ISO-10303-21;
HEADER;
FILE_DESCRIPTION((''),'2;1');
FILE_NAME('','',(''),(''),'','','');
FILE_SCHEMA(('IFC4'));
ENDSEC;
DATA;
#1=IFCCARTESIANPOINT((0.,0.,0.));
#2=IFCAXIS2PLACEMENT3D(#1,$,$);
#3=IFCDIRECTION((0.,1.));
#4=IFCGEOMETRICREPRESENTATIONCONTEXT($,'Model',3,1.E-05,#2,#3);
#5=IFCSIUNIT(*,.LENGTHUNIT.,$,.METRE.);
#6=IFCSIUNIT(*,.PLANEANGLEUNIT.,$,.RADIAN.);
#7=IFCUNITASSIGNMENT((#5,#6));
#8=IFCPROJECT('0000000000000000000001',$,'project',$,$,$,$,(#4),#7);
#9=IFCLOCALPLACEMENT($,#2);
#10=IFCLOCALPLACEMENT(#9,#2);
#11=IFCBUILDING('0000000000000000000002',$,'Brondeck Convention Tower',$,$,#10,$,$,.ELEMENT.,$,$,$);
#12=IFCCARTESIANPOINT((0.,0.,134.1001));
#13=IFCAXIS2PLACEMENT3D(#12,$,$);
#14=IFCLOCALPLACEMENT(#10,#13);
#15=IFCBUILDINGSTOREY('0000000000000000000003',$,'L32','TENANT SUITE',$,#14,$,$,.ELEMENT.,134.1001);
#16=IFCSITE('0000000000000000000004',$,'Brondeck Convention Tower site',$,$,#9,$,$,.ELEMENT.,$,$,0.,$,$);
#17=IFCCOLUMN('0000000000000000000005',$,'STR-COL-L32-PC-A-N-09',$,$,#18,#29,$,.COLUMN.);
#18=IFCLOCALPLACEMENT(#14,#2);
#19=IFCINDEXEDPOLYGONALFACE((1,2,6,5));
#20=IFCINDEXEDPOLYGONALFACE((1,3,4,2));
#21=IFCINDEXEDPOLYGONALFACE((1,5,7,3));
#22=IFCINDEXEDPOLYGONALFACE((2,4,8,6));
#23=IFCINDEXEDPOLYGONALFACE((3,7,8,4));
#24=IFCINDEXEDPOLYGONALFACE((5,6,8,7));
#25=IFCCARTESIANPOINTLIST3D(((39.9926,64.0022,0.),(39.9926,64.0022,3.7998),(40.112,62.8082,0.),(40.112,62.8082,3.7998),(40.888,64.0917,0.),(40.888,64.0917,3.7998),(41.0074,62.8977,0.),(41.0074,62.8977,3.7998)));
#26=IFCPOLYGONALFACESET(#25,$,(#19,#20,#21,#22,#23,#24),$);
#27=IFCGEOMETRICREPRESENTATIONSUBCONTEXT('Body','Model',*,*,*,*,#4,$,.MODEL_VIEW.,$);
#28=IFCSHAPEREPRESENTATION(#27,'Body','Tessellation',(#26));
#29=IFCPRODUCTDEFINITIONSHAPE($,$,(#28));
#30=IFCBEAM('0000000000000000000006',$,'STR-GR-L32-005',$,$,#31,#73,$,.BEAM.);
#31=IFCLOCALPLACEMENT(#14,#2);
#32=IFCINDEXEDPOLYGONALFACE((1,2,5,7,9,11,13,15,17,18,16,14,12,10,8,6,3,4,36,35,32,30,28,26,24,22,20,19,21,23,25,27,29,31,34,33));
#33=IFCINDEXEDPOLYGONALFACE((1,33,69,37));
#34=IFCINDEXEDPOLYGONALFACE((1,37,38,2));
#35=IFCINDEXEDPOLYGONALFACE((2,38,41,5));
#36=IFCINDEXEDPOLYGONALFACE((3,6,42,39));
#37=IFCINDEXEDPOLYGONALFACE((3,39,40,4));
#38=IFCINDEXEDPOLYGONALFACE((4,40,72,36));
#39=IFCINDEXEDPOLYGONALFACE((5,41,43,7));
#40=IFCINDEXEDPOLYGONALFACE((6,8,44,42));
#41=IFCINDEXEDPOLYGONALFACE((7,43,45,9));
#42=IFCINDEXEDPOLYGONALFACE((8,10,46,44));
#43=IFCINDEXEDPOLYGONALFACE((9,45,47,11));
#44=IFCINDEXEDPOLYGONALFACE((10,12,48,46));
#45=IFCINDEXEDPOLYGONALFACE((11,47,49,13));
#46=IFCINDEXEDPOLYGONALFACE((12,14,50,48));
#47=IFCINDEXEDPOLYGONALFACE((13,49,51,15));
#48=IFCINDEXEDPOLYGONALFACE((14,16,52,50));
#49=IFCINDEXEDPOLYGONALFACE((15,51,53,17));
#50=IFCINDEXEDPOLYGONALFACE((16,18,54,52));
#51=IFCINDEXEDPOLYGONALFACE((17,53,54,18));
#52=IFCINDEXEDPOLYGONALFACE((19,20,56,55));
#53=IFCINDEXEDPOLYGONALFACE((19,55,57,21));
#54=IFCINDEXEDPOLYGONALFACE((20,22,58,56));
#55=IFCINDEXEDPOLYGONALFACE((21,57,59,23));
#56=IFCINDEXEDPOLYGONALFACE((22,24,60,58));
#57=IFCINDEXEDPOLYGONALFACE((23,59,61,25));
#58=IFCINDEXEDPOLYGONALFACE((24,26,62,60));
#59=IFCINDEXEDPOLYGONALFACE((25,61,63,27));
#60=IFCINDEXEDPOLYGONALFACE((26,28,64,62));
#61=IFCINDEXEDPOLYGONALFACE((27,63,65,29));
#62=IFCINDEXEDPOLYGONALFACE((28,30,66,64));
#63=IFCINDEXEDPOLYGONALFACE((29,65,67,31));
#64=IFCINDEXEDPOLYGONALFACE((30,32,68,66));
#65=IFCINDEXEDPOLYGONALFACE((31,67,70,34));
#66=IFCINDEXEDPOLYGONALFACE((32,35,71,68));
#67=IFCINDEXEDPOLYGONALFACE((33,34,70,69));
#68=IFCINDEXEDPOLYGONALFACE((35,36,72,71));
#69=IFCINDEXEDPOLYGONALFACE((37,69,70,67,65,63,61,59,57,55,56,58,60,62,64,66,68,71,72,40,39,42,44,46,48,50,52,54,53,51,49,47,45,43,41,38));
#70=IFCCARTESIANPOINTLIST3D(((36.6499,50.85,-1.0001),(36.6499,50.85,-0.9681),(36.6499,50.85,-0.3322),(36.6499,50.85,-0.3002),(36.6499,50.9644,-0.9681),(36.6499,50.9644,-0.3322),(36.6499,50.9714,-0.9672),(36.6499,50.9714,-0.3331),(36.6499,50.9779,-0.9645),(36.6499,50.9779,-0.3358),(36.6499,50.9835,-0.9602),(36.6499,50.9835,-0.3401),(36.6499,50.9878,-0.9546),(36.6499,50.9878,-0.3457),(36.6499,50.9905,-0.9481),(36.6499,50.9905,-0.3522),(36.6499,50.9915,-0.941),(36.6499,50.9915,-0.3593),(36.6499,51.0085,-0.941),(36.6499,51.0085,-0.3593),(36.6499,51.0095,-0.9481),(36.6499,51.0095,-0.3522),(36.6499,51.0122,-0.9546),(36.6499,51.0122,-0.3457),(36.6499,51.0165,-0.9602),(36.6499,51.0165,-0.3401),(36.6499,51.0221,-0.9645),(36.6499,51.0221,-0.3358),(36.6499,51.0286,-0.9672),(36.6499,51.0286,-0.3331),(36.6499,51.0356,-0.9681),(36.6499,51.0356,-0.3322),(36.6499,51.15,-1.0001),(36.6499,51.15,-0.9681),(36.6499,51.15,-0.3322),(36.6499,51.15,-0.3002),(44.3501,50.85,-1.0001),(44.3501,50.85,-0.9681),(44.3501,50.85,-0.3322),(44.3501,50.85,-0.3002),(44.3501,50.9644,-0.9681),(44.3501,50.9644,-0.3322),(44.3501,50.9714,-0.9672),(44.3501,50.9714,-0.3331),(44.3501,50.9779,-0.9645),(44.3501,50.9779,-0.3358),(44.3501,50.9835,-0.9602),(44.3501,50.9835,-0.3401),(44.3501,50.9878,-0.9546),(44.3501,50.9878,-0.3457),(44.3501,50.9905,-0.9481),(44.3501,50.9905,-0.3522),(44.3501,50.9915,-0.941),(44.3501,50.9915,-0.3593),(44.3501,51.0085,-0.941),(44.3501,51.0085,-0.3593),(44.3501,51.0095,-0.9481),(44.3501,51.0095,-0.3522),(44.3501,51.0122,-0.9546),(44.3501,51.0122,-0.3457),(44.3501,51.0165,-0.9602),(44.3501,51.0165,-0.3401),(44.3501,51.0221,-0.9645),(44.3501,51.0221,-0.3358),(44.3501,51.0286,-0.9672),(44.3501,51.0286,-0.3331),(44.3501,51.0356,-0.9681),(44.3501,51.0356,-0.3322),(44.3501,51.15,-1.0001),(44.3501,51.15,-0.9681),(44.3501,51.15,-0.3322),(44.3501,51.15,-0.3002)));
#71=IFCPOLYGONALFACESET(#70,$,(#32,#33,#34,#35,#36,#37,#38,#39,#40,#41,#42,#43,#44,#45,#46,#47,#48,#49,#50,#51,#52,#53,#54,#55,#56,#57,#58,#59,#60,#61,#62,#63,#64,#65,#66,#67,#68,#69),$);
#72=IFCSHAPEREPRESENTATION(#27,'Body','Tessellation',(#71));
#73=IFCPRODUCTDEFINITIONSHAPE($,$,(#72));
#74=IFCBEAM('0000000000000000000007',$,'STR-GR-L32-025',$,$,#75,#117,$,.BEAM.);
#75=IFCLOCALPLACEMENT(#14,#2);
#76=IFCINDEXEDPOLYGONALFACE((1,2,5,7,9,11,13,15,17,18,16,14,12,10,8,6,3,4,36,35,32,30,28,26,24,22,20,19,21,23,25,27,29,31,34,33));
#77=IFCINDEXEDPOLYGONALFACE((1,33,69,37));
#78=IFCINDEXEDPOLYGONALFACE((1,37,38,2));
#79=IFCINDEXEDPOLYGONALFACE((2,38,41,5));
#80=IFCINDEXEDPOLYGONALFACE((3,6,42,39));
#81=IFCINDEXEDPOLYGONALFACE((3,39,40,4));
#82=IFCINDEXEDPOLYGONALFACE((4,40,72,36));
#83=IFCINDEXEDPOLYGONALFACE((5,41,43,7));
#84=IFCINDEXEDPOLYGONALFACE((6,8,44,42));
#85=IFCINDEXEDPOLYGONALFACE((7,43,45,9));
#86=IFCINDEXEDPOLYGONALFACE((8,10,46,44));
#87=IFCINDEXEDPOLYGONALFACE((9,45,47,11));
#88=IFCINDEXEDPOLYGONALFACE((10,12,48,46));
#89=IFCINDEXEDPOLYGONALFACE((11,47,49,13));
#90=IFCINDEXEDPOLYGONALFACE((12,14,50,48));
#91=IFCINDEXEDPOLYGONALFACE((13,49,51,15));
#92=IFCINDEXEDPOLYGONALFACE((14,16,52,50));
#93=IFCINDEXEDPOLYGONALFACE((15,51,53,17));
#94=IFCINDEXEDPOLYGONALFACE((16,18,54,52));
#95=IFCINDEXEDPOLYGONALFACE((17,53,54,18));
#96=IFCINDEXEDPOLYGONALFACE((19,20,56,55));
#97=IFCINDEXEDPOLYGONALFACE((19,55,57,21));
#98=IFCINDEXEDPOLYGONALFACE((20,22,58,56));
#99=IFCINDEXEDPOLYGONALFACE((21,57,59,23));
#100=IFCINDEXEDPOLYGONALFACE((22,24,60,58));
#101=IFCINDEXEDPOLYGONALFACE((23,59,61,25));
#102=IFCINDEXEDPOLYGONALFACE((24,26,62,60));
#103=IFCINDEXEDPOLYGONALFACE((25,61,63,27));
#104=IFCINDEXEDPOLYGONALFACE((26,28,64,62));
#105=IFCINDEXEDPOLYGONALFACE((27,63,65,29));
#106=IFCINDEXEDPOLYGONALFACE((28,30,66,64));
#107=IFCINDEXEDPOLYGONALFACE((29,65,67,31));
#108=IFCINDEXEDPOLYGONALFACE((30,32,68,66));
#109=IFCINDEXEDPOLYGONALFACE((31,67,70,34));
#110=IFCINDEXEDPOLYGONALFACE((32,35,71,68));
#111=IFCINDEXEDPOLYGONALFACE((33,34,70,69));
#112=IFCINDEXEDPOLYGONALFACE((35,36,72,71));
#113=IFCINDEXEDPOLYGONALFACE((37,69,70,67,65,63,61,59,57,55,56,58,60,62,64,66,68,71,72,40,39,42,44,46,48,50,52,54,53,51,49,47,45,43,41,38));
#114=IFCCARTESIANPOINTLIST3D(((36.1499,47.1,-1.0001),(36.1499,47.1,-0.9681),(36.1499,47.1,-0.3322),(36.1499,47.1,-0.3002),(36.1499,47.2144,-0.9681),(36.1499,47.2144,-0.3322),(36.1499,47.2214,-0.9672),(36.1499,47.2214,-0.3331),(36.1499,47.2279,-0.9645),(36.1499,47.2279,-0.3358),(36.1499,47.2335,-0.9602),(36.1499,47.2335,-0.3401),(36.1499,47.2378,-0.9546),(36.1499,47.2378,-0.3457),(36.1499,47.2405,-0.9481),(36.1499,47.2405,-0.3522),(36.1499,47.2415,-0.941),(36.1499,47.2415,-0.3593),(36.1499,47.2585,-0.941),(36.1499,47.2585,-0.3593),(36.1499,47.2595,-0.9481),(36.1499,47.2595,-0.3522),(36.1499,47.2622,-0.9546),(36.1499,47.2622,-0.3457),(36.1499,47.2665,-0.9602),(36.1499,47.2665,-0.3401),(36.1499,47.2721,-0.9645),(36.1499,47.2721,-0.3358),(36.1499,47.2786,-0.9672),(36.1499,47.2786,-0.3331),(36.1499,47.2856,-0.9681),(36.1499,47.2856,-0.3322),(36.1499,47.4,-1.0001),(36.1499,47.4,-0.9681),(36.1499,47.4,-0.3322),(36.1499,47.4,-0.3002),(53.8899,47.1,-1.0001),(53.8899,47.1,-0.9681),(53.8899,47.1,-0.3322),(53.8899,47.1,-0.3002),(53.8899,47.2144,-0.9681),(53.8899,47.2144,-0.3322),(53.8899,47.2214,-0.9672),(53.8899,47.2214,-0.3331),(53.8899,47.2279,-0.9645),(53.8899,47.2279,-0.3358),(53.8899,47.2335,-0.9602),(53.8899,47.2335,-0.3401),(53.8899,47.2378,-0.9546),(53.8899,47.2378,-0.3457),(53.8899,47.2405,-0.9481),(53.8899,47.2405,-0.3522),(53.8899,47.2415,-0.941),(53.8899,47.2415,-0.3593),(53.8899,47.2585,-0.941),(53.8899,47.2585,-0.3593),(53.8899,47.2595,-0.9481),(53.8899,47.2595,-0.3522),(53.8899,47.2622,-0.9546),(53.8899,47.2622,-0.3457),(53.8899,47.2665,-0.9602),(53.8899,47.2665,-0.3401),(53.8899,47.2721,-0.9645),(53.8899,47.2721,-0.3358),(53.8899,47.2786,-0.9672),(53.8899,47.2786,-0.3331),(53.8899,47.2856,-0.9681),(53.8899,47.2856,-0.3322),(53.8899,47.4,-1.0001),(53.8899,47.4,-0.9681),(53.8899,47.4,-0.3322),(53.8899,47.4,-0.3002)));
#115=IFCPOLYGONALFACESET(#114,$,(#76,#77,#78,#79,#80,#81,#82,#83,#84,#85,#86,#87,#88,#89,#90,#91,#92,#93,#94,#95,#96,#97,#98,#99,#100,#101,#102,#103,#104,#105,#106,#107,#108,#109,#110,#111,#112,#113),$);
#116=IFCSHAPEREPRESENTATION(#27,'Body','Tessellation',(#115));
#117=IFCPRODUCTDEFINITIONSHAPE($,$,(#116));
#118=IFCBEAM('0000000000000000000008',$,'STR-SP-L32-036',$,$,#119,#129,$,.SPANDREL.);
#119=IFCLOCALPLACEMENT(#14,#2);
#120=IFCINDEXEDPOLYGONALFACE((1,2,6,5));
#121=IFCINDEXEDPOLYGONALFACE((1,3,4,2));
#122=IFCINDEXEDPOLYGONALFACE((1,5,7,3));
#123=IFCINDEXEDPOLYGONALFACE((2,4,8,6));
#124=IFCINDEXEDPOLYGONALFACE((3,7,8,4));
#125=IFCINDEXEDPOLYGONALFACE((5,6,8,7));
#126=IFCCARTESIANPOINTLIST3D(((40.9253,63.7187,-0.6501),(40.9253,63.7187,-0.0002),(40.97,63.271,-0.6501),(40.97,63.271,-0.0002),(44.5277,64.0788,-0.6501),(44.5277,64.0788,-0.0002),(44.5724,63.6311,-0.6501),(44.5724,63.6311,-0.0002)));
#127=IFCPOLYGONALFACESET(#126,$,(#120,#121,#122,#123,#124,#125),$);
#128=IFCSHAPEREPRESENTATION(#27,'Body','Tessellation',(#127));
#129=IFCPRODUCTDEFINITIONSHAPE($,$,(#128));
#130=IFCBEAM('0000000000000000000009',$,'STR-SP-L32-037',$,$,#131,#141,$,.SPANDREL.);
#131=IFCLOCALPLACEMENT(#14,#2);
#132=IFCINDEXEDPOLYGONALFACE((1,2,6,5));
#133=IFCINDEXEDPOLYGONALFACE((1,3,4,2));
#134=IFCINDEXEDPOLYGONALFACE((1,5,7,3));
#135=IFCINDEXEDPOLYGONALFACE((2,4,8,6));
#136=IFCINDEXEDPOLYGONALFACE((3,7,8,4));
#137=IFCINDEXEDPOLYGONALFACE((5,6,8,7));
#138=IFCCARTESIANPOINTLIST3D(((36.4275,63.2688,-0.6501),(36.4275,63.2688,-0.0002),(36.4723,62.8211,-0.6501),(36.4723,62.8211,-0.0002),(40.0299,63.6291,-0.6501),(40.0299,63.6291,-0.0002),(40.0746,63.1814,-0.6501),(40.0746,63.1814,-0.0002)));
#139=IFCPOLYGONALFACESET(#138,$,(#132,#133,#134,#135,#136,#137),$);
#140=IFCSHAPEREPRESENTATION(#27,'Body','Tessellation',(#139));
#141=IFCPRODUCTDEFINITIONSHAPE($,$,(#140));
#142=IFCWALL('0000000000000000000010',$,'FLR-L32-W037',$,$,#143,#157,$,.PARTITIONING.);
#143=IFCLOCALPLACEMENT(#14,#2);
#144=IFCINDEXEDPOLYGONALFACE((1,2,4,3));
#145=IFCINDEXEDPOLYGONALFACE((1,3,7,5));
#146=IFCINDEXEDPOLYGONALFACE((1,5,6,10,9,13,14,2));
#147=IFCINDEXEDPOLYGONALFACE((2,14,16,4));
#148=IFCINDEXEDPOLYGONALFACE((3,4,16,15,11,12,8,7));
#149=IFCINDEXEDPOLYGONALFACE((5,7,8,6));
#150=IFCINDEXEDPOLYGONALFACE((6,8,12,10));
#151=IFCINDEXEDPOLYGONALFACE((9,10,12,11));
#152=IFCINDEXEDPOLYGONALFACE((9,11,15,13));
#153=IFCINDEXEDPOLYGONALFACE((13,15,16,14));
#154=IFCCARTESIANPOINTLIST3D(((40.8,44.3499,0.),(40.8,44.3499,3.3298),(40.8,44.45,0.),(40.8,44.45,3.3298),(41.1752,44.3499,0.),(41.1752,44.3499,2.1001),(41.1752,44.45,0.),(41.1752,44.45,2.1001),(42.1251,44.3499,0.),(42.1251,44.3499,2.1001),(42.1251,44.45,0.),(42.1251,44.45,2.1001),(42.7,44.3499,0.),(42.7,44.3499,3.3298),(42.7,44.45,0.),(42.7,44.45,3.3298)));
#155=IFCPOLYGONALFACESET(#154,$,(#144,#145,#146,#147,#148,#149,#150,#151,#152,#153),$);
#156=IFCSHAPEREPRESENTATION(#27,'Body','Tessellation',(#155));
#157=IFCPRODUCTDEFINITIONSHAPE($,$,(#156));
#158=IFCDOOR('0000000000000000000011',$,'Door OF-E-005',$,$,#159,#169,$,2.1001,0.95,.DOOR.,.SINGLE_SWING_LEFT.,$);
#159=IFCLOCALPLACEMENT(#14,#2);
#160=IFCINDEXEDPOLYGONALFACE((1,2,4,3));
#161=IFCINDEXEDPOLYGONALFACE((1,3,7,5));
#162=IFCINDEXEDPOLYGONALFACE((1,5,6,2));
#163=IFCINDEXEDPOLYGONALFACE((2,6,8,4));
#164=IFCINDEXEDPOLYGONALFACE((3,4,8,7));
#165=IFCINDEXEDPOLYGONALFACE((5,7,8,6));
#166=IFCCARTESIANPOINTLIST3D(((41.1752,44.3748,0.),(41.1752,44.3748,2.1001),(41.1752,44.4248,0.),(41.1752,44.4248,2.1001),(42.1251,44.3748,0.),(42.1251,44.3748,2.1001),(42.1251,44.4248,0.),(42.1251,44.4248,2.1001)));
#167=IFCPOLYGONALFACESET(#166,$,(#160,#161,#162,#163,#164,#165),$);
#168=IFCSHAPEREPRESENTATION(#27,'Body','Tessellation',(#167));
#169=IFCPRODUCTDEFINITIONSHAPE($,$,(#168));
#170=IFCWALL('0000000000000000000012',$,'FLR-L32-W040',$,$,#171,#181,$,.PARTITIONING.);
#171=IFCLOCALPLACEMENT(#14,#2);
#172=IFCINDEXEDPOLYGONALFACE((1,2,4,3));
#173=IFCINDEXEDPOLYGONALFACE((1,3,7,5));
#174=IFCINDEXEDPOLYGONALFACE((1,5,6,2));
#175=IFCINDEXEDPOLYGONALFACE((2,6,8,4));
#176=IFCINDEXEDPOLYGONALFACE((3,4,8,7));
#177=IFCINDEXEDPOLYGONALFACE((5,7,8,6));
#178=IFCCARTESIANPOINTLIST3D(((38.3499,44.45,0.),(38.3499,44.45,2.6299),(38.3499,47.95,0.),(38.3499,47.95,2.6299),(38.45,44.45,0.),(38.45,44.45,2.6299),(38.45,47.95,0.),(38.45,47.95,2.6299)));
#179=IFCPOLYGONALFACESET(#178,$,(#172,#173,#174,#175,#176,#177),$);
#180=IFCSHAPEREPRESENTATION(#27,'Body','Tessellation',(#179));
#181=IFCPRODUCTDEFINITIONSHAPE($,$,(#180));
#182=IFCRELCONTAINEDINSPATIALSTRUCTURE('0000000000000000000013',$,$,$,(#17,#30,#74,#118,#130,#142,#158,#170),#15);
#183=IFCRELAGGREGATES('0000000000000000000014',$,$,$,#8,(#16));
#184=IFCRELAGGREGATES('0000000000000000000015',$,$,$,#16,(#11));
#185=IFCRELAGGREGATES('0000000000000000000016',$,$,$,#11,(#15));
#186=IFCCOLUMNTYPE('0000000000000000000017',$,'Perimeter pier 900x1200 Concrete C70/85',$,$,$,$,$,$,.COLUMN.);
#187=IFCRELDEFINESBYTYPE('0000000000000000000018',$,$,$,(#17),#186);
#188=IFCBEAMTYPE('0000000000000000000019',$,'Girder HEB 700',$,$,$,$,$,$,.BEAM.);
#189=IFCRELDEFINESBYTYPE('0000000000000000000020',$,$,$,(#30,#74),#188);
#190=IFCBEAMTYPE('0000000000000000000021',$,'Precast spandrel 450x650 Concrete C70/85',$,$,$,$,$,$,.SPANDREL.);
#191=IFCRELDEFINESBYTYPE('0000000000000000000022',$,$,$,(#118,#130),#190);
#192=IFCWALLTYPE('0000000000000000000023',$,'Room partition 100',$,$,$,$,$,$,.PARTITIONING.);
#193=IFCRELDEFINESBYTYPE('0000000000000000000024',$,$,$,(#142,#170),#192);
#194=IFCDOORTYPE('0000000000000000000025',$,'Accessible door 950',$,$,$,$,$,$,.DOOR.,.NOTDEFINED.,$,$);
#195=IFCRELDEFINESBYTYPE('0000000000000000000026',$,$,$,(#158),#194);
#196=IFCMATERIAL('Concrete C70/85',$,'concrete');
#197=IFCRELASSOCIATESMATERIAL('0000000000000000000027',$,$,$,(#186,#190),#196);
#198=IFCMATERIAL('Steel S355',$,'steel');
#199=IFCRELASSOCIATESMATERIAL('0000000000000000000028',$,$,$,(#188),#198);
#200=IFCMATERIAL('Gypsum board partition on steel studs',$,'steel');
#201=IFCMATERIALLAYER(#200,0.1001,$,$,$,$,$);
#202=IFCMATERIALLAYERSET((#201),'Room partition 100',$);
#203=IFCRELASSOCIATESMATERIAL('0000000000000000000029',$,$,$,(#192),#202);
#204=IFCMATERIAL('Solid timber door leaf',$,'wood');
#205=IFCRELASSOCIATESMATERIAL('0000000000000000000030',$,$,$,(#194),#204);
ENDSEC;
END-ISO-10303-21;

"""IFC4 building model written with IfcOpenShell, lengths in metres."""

from ifc_helpers import new_model, si_unit, direction, frame, frame_2d, origin, origin_2d, place, context, subcontext, project, spatial, rectangle, i_section, extrude, material, layer, layer_set, material_profile, profile_set, type_object, element, fill, save


model = new_model("IFC4")

# Units and contexts
model_context = context("Model", 3, precision=1e-05, world=origin(), true_north=direction((0.0, 1.0)))
body_context = subcontext(model_context, "Body", "Model", "MODEL_VIEW")
ifc_project = project(units=[si_unit("LENGTHUNIT", "METRE"), si_unit("PLANEANGLEUNIT", "RADIAN")], contexts=[model_context])

# Site, building, storey
site_placement = place(None, origin())
site = spatial("IfcSite", under=ifc_project, at=site_placement, Name="Brondeck Convention Tower site", CompositionType="ELEMENT", RefElevation=0.0)
building_placement = place(site_placement, origin())
building = spatial("IfcBuilding", under=site, at=building_placement, Name="Brondeck Convention Tower", CompositionType="ELEMENT")
storey_placement = place(building_placement, frame((0.0, 0.0, 134.1001)))
storey = spatial("IfcBuildingStorey", under=building, at=storey_placement, Name="L32", Description="TENANT SUITE", CompositionType="ELEMENT", Elevation=134.1001)

# Column
ifc_material_1 = material(Name="Concrete C70/85", Category="concrete")
ifc_material_profile_1 = material_profile(ifc_material_1, rectangle(XDim=0.8999, YDim=1.2, at=origin_2d()), Name="Perimeter pier 900x1200 Concrete C70/85")
ifc_profile_set_1 = profile_set([ifc_material_profile_1], Name="Concrete C70/85")
column_type = type_object("IfcColumnType", Name="Perimeter pier 900x1200 Concrete C70/85", PredefinedType="COLUMN", material=ifc_profile_set_1)
column_placement = place(storey_placement, frame((40.5, 63.45, 0.0), z_axis=(0.0, 0.0, 1.0), x_axis=(-0.995037, -0.099504, 0.0)))
element("IfcColumn", 1, at=column_placement, inside=storey, type_object=column_type, Name="STR-COL-L32-PC-A-N-09", PredefinedType="COLUMN", context=body_context, shape_type="SweptSolid", body=[
    extrude(rectangle(XDim=0.8999, YDim=1.2, at=origin_2d()), origin(), (0.0, 0.0, 1.0), 3.7998),
])

# Beams
ifc_material_2 = material(Name="Steel S355", Category="steel")
ifc_material_profile_2 = material_profile(ifc_material_2, i_section(OverallWidth=0.3, OverallDepth=0.7, WebThickness=0.0171, FlangeThickness=0.032, FilletRadius=0.0271, at=origin_2d()), Name="HEB 700")
ifc_profile_set_2 = profile_set([ifc_material_profile_2], Name="Steel S355")
beam_type_1 = type_object("IfcBeamType", Name="Girder HEB 700", PredefinedType="BEAM", material=ifc_profile_set_2)
beam_1_placement = place(storey_placement, frame((36.6499, 51.0, -0.6501), z_axis=(1.0, 0.0, 0.0), x_axis=(0.0, 1.0, 0.0)))
element("IfcBeam", 2, at=beam_1_placement, inside=storey, type_object=beam_type_1, Name="STR-GR-L32-005", PredefinedType="BEAM", context=body_context, shape_type="SweptSolid", body=[
    extrude(i_section(OverallWidth=0.3, OverallDepth=0.7, WebThickness=0.0171, FlangeThickness=0.032, FilletRadius=0.0271, at=origin_2d()), origin(), (0.0, 0.0, 1.0), 7.7002),
])
beam_2_placement = place(storey_placement, frame((36.1499, 47.25, -0.6501), z_axis=(1.0, 0.0, 0.0), x_axis=(0.0, 1.0, 0.0)))
element("IfcBeam", 3, at=beam_2_placement, inside=storey, type_object=beam_type_1, Name="STR-GR-L32-025", PredefinedType="BEAM", context=body_context, shape_type="SweptSolid", body=[
    extrude(i_section(OverallWidth=0.3, OverallDepth=0.7, WebThickness=0.0171, FlangeThickness=0.032, FilletRadius=0.0271, at=origin_2d()), origin(), (0.0, 0.0, 1.0), 17.74),
])
ifc_material_profile_3 = material_profile(ifc_material_1, rectangle(XDim=0.45, YDim=0.6499, at=origin_2d()), Name="Precast spandrel 450x650 Concrete C70/85")
ifc_profile_set_3 = profile_set([ifc_material_profile_3], Name="Concrete C70/85")
beam_type_2 = type_object("IfcBeamType", Name="Precast spandrel 450x650 Concrete C70/85", PredefinedType="SPANDREL", material=ifc_profile_set_3)
for number, where, z_axis, x_axis, name in (
    (4, (44.55, 63.855, -0.3252), (-0.995041, -0.09947, 0.0), (0.09947, -0.995041, 0.0), "STR-SP-L32-036"),
    (5, (40.0522, 63.4053, -0.3252), (-0.995034, -0.099537, 0.0), (0.099537, -0.995034, 0.0), "STR-SP-L32-037"),
):
    element("IfcBeam", number, at=place(storey_placement, frame(where, z_axis=z_axis, x_axis=x_axis)), inside=storey, type_object=beam_type_2, Name=name, PredefinedType="SPANDREL", context=body_context, shape_type="SweptSolid", body=[
        extrude(rectangle(XDim=0.45, YDim=0.6499, at=origin_2d()), origin(), (0.0, 0.0, 1.0), 3.6204),
    ])

# Wall, opening, door
ifc_material_3 = material(Name="Gypsum board partition on steel studs", Category="steel")
ifc_layer_1 = layer(ifc_material_3, 0.1001)
ifc_layer_set_1 = layer_set([ifc_layer_1], Name="Room partition 100")
wall_type_1 = type_object("IfcWallType", Name="Room partition 100", PredefinedType="PARTITIONING", material=ifc_layer_set_1)
wall_1_placement = place(storey_placement, frame((40.8, 44.3999, 0.0), z_axis=(0.0, 0.0, 1.0), x_axis=(1.0, 0.0, 0.0)))
wall_1 = element("IfcWall", 6, at=wall_1_placement, inside=storey, type_object=wall_type_1, Name="FLR-L32-W037", PredefinedType="PARTITIONING", context=body_context, shape_type="SweptSolid", body=[
    extrude(rectangle(XDim=1.8999, YDim=0.1001, at=frame_2d((0.95, 0.0))), origin(), (0.0, 0.0, 1.0), 3.3298),
])
opening_1_placement = place(wall_1_placement, frame((0.375, 0.0, 0.0)))
opening_1 = element("IfcOpeningElement", 7, at=opening_1_placement, cuts=wall_1, PredefinedType="OPENING", context=body_context, shape_type="SweptSolid", body=[
    extrude(rectangle(XDim=0.95, YDim=2.1001, at=frame_2d((0.4751, 1.05))), frame((0.0, 0.0601, 0.0), z_axis=(0.0, -1.0, 0.0), x_axis=(1.0, 0.0, 0.0)), (0.0, 0.0, 1.0), 0.1201),
])
ifc_material_4 = material(Name="Solid timber door leaf", Category="wood")
door_type_1 = type_object("IfcDoorType", Name="Accessible door 950", OperationType="NOTDEFINED", PredefinedType="DOOR", material=ifc_material_4)
door_1_placement = place(opening_1_placement, origin())
door_1 = element("IfcDoor", 8, at=door_1_placement, inside=storey, type_object=door_type_1, Name="Door OF-E-005", OperationType="SINGLE_SWING_LEFT", OverallHeight=2.1001, OverallWidth=0.95, PredefinedType="DOOR", context=body_context, shape_type="SweptSolid", body=[
    extrude(rectangle(XDim=0.95, YDim=2.1001, at=frame_2d((0.4751, 1.05))), frame((0.0, 0.0249, 0.0), z_axis=(0.0, -1.0, 0.0), x_axis=(1.0, 0.0, 0.0)), (0.0, 0.0, 1.0), 0.05),
])
fill(opening_1, door_1)

# Wall
for number, where, z_axis, x_axis, name in (
    (9, (38.3999, 47.95, 0.0), (0.0, 0.0, 1.0), (0.0, -1.0, 0.0), "FLR-L32-W040"),
):
    element("IfcWall", number, at=place(storey_placement, frame(where, z_axis=z_axis, x_axis=x_axis)), inside=storey, type_object=wall_type_1, Name=name, PredefinedType="PARTITIONING", context=body_context, shape_type="SweptSolid", body=[
        extrude(rectangle(XDim=3.5, YDim=0.1001, at=frame_2d((1.75, 0.0))), origin(), (0.0, 0.0, 1.0), 2.6299),
    ])

save(model, "model.ifc")
